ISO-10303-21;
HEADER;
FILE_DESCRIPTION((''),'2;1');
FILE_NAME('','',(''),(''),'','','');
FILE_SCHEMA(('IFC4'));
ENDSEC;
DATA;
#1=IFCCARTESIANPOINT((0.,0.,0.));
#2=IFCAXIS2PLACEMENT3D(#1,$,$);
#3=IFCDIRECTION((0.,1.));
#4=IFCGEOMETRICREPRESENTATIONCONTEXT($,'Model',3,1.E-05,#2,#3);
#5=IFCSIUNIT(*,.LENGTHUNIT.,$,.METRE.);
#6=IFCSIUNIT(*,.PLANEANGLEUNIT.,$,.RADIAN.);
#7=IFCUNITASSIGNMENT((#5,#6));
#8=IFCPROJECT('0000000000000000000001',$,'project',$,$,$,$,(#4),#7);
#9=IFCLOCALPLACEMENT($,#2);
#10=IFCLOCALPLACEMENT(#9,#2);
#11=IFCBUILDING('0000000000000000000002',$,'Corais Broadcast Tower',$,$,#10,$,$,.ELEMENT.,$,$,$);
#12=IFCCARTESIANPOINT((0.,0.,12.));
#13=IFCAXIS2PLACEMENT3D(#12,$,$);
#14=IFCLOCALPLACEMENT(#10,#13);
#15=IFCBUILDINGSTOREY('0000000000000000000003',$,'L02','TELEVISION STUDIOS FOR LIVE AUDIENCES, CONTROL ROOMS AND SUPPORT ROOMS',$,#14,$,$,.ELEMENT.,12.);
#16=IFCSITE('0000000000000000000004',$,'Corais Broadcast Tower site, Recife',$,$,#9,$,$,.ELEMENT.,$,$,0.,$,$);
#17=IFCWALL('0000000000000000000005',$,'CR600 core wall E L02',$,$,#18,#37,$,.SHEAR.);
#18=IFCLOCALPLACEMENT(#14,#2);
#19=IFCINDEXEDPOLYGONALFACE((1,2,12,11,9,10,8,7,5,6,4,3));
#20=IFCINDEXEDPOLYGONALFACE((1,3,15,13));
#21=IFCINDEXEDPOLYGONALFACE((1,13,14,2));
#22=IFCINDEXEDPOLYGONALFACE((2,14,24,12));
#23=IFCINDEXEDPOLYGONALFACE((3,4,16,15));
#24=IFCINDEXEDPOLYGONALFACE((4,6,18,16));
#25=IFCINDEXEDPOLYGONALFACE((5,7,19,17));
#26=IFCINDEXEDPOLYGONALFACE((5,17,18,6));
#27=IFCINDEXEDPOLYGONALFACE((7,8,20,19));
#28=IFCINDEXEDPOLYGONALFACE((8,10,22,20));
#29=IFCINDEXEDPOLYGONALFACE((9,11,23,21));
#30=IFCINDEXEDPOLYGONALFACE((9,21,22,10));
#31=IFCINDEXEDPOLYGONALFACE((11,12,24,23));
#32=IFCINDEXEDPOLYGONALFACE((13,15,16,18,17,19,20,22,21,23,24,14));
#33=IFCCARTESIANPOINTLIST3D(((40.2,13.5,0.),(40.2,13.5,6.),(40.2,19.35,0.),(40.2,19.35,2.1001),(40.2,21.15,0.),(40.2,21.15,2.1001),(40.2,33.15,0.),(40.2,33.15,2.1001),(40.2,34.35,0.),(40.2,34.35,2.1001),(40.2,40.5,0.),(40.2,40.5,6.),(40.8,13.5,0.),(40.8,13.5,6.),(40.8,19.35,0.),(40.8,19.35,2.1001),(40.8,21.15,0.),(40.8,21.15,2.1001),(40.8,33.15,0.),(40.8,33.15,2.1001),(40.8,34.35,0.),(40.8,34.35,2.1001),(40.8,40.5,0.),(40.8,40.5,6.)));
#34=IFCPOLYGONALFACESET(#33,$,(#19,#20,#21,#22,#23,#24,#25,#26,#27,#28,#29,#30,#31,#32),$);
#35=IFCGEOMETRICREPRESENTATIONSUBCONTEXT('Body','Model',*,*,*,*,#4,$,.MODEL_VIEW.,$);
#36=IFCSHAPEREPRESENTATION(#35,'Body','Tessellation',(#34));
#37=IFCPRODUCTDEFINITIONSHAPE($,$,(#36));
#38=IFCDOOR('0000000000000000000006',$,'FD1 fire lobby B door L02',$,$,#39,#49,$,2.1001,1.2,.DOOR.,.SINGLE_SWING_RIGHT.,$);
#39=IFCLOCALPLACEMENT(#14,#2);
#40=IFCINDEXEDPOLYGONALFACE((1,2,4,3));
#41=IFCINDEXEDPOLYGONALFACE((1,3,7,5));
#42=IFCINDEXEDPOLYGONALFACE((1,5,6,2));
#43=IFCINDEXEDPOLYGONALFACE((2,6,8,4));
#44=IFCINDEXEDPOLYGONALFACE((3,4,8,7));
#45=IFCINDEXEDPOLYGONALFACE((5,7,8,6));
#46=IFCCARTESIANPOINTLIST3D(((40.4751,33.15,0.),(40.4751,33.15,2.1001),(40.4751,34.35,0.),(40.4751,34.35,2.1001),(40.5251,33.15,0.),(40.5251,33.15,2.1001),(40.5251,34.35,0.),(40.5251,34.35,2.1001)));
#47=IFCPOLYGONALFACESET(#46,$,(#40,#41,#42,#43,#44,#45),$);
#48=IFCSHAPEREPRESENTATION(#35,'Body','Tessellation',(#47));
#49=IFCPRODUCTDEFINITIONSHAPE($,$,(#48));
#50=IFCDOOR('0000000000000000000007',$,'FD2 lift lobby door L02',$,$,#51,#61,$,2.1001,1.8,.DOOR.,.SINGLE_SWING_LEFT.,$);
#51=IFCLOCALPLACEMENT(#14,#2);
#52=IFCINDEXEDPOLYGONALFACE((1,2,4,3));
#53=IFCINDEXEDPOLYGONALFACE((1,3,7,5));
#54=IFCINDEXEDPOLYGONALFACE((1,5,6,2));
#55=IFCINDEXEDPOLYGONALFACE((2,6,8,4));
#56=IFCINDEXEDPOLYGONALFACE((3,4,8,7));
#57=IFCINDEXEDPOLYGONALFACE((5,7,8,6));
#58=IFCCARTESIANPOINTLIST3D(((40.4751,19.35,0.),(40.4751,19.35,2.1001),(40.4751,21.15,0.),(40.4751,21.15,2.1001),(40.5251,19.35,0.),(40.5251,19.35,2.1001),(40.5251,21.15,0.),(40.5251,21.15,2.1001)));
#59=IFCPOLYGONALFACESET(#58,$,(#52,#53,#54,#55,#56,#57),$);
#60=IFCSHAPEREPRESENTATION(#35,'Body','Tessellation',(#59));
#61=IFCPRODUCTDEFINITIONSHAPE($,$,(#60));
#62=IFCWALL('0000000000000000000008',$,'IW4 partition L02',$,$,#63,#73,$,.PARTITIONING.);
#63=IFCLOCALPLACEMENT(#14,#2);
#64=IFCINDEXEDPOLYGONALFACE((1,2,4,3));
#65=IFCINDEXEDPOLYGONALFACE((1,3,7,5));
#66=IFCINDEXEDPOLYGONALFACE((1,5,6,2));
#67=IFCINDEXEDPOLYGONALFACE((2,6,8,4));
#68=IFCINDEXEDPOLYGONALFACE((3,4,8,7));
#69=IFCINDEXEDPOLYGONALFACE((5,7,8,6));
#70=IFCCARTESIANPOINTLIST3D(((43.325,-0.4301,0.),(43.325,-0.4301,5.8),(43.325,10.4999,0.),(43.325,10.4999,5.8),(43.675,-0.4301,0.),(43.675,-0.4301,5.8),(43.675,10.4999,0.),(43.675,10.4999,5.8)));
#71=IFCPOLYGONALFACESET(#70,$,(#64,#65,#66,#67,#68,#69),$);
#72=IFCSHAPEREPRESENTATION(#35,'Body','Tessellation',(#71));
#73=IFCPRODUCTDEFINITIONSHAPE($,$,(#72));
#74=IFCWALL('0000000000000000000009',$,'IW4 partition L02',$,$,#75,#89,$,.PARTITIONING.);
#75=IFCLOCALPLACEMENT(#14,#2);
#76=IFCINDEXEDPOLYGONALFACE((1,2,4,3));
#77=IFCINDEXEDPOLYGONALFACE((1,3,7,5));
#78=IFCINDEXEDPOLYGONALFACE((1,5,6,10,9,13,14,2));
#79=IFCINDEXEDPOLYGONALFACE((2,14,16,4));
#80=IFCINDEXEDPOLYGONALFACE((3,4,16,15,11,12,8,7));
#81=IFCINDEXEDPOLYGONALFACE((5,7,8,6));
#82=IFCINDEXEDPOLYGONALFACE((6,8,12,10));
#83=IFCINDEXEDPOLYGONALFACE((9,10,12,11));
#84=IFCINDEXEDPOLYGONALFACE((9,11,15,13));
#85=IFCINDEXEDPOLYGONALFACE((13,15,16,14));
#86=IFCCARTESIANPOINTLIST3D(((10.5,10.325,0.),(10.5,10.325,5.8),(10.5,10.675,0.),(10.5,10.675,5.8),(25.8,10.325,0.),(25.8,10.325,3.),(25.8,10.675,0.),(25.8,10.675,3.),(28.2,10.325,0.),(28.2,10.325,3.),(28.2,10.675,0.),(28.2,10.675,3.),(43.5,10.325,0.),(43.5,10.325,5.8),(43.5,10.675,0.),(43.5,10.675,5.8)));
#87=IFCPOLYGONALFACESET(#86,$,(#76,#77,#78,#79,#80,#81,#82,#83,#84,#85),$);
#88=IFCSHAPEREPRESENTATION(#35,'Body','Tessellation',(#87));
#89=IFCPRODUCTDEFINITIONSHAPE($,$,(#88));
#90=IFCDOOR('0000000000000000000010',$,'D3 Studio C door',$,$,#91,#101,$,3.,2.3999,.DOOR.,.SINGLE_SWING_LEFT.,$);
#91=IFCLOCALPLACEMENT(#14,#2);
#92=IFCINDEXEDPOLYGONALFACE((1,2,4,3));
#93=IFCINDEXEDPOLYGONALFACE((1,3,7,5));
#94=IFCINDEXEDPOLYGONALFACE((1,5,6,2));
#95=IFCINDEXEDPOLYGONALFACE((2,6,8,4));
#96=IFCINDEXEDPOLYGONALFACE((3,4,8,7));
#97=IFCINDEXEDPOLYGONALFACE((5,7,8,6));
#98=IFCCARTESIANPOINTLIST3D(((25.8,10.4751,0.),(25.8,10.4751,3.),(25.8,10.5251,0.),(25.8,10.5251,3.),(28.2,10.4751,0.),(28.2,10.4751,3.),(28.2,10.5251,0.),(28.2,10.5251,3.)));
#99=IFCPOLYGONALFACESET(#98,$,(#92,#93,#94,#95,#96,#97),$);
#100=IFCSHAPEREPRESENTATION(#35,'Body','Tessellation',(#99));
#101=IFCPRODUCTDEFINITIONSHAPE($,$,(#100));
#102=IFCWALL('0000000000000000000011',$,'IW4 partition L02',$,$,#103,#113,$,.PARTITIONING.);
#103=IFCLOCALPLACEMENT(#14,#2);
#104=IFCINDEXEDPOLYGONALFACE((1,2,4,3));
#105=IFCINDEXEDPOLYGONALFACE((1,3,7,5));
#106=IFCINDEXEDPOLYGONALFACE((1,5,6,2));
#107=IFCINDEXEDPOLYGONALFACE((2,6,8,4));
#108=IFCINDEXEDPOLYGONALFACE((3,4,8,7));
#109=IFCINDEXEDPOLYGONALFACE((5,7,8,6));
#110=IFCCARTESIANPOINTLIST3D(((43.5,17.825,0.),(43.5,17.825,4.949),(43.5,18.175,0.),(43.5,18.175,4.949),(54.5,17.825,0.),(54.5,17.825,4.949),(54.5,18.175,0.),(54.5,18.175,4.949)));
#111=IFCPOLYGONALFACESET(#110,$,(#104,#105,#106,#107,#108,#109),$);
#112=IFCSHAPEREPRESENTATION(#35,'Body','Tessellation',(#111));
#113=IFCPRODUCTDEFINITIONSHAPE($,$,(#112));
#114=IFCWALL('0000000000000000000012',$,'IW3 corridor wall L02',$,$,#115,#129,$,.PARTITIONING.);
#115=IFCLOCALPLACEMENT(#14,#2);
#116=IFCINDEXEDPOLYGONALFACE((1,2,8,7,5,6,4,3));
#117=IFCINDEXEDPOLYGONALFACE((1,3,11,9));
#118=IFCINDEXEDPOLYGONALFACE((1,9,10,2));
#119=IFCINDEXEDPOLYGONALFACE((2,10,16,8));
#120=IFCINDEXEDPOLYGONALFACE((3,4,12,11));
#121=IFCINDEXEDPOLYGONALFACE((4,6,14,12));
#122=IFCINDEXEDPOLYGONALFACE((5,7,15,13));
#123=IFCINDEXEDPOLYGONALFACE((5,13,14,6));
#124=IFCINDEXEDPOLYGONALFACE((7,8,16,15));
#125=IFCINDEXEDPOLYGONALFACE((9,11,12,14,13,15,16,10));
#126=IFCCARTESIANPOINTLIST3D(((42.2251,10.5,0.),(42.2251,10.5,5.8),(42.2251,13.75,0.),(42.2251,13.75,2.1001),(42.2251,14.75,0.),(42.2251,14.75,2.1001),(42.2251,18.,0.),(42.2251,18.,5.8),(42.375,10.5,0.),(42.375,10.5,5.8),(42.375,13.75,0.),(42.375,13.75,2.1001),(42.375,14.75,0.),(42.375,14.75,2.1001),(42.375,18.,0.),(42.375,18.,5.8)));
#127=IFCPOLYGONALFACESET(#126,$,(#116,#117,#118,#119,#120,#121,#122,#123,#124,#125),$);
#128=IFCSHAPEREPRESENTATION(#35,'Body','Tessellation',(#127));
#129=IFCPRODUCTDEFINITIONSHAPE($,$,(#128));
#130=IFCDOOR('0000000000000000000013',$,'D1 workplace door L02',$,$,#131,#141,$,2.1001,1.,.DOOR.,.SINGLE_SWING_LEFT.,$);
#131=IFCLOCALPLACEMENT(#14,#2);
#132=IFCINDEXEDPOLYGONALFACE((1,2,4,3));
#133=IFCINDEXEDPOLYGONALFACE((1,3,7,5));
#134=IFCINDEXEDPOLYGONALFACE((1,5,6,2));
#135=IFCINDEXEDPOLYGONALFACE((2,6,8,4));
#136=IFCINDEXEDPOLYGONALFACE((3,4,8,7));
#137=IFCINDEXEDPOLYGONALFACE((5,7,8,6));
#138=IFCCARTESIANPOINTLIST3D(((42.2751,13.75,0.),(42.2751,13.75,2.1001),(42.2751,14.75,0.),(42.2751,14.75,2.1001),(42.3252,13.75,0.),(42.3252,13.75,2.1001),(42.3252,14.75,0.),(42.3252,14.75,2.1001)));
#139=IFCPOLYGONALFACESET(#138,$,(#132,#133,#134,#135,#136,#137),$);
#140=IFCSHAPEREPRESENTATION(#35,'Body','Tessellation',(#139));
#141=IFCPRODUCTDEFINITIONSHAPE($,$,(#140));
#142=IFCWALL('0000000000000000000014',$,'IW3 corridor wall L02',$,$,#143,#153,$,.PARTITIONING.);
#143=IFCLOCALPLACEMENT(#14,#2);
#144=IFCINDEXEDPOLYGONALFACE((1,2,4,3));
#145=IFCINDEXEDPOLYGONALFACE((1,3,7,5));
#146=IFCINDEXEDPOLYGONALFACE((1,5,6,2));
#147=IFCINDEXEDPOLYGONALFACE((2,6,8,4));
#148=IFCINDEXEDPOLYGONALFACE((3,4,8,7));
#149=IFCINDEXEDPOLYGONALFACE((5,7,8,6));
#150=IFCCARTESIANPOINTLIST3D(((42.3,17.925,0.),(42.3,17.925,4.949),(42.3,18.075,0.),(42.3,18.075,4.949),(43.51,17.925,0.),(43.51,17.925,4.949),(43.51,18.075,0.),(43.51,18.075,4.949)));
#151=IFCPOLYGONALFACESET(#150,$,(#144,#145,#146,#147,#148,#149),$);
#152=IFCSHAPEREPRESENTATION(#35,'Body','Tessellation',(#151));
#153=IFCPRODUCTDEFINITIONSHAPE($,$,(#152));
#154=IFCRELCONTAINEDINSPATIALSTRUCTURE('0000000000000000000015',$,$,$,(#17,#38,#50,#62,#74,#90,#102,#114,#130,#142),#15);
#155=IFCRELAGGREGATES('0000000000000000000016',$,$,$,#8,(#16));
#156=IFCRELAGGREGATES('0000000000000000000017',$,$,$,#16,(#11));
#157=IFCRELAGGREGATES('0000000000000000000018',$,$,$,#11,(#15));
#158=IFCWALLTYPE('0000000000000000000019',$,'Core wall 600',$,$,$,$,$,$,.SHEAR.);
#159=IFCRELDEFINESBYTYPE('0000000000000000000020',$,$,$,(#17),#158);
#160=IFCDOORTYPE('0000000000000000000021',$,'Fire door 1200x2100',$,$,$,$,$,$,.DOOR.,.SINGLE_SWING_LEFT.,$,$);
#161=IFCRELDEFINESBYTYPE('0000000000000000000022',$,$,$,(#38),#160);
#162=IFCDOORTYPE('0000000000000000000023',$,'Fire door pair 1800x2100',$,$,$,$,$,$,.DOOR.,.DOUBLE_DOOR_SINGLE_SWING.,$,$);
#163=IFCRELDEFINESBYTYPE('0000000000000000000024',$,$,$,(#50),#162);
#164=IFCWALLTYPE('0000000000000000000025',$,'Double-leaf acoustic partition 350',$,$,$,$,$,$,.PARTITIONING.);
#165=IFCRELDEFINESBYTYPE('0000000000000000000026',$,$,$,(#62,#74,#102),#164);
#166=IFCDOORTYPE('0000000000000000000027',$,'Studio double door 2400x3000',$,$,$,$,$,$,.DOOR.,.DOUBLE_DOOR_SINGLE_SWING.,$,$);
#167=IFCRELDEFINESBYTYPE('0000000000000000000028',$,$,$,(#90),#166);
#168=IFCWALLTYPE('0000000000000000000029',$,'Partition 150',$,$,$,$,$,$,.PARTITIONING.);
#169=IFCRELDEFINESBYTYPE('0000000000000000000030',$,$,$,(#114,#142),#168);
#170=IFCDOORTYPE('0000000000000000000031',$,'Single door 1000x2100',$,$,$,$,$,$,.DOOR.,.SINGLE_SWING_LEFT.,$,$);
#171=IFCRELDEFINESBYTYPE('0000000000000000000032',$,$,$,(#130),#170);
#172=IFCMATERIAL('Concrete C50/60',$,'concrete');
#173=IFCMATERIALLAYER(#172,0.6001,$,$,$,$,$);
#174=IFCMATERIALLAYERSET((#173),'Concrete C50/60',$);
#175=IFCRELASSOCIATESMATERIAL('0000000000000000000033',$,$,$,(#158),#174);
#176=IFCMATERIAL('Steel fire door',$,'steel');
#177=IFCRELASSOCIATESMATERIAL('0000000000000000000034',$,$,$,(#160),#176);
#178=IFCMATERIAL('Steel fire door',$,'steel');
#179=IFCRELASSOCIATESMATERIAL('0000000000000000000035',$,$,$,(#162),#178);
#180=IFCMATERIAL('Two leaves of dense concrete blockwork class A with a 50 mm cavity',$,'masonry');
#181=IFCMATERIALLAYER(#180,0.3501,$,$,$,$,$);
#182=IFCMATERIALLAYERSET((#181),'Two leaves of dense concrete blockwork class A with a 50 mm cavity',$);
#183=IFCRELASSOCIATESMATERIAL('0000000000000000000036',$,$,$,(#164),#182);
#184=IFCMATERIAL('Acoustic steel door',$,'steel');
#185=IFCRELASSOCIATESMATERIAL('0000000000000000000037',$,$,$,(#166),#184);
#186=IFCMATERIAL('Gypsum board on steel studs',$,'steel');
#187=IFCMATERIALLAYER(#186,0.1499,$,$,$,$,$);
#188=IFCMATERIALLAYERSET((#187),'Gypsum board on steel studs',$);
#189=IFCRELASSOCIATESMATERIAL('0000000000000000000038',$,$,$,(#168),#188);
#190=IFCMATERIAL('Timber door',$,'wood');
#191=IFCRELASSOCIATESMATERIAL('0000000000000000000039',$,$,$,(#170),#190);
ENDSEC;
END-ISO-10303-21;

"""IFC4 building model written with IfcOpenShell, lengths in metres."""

from ifc_helpers import new_model, si_unit, direction, frame, frame_2d, origin, place, context, subcontext, project, spatial, rectangle, extrude, material, layer, layer_set, type_object, element, fill, save


model = new_model("IFC4")

# Units and contexts
model_context = context("Model", 3, precision=1e-05, world=origin(), true_north=direction((0.0, 1.0)))
body_context = subcontext(model_context, "Body", "Model", "MODEL_VIEW")
ifc_project = project(units=[si_unit("LENGTHUNIT", "METRE"), si_unit("PLANEANGLEUNIT", "RADIAN")], contexts=[model_context])

# Site, building, storey
site_placement = place(None, origin())
site = spatial("IfcSite", under=ifc_project, at=site_placement, Name="Corais Broadcast Tower site, Recife", CompositionType="ELEMENT", RefElevation=0.0)
building_placement = place(site_placement, origin())
building = spatial("IfcBuilding", under=site, at=building_placement, Name="Corais Broadcast Tower", CompositionType="ELEMENT")
storey_placement = place(building_placement, frame((0.0, 0.0, 12.0)))
storey = spatial("IfcBuildingStorey", under=building, at=storey_placement, Name="L02", Description="TELEVISION STUDIOS FOR LIVE AUDIENCES, CONTROL ROOMS AND SUPPORT ROOMS", CompositionType="ELEMENT", Elevation=12.0)

# Wall, openings, doors
ifc_material_1 = material(Name="Concrete C50/60", Category="concrete")
ifc_layer_1 = layer(ifc_material_1, 0.6001)
ifc_layer_set_1 = layer_set([ifc_layer_1], Name="Concrete C50/60")
wall_type_1 = type_object("IfcWallType", Name="Core wall 600", PredefinedType="SHEAR", material=ifc_layer_set_1)
wall_1_placement = place(storey_placement, frame((40.5, 13.5, 0.0), z_axis=(0.0, 0.0, 1.0), x_axis=(0.0, 1.0, 0.0)))
wall_1 = element("IfcWall", 1, at=wall_1_placement, inside=storey, type_object=wall_type_1, Name="CR600 core wall E L02", PredefinedType="SHEAR", context=body_context, shape_type="SweptSolid", body=[
    extrude(rectangle(XDim=27.0, YDim=0.6001, at=frame_2d((13.5, 0.0))), origin(), (0.0, 0.0, 1.0), 6.0),
])
opening_1_placement = place(wall_1_placement, frame((5.8501, 0.0, 0.0)))
opening_1 = element("IfcOpeningElement", 2, at=opening_1_placement, cuts=wall_1, PredefinedType="OPENING", context=body_context, shape_type="SweptSolid", body=[
    extrude(rectangle(XDim=1.8, YDim=2.1001, at=frame_2d((0.8999, 1.05))), frame((0.0, 0.3101, 0.0), z_axis=(0.0, -1.0, 0.0), x_axis=(1.0, 0.0, 0.0)), (0.0, 0.0, 1.0), 0.6201),
])
opening_2_placement = place(wall_1_placement, frame((19.6499, 0.0, 0.0)))
opening_2 = element("IfcOpeningElement", 3, at=opening_2_placement, cuts=wall_1, PredefinedType="OPENING", context=body_context, shape_type="SweptSolid", body=[
    extrude(rectangle(XDim=1.2, YDim=2.1001, at=frame_2d((0.6001, 1.05))), frame((0.0, 0.3101, 0.0), z_axis=(0.0, -1.0, 0.0), x_axis=(1.0, 0.0, 0.0)), (0.0, 0.0, 1.0), 0.6201),
])
ifc_material_2 = material(Name="Steel fire door", Category="steel")
door_type_1 = type_object("IfcDoorType", Name="Fire door 1200x2100", OperationType="SINGLE_SWING_LEFT", PredefinedType="DOOR", material=ifc_material_2)
door_1_placement = place(opening_2_placement, origin())
door_1 = element("IfcDoor", 4, at=door_1_placement, inside=storey, type_object=door_type_1, Name="FD1 fire lobby B door L02", OperationType="SINGLE_SWING_RIGHT", OverallHeight=2.1001, OverallWidth=1.2, PredefinedType="DOOR", context=body_context, shape_type="SweptSolid", body=[
    extrude(rectangle(XDim=1.2, YDim=2.1001, at=frame_2d((0.6001, 1.05))), frame((0.0, 0.0249, 0.0), z_axis=(0.0, -1.0, 0.0), x_axis=(1.0, 0.0, 0.0)), (0.0, 0.0, 1.0), 0.05),
])
fill(opening_2, door_1)
ifc_material_3 = material(Name="Steel fire door", Category="steel")
door_type_2 = type_object("IfcDoorType", Name="Fire door pair 1800x2100", OperationType="DOUBLE_DOOR_SINGLE_SWING", PredefinedType="DOOR", material=ifc_material_3)
door_2_placement = place(opening_1_placement, origin())
door_2 = element("IfcDoor", 5, at=door_2_placement, inside=storey, type_object=door_type_2, Name="FD2 lift lobby door L02", OperationType="SINGLE_SWING_LEFT", OverallHeight=2.1001, OverallWidth=1.8, PredefinedType="DOOR", context=body_context, shape_type="SweptSolid", body=[
    extrude(rectangle(XDim=1.8, YDim=2.1001, at=frame_2d((0.8999, 1.05))), frame((0.0, 0.0249, 0.0), z_axis=(0.0, -1.0, 0.0), x_axis=(1.0, 0.0, 0.0)), (0.0, 0.0, 1.0), 0.05),
])
fill(opening_1, door_2)

# Wall
ifc_material_4 = material(Name="Two leaves of dense concrete blockwork class A with a 50 mm cavity", Category="masonry")
ifc_layer_2 = layer(ifc_material_4, 0.3501)
ifc_layer_set_2 = layer_set([ifc_layer_2], Name="Two leaves of dense concrete blockwork class A with a 50 mm cavity")
wall_type_2 = type_object("IfcWallType", Name="Double-leaf acoustic partition 350", PredefinedType="PARTITIONING", material=ifc_layer_set_2)
wall_2_placement = place(storey_placement, frame((43.5, -0.4299, 0.0), z_axis=(0.0, 0.0, 1.0), x_axis=(0.0, 1.0, 0.0)))
element("IfcWall", 6, at=wall_2_placement, inside=storey, type_object=wall_type_2, Name="IW4 partition L02", PredefinedType="PARTITIONING", context=body_context, shape_type="SweptSolid", body=[
    extrude(rectangle(XDim=10.9299, YDim=0.3501, at=frame_2d((5.4648, 0.0))), origin(), (0.0, 0.0, 1.0), 5.8),
])

# Wall, opening, door
wall_3_placement = place(storey_placement, frame((43.5, 10.5, 0.0), z_axis=(0.0, 0.0, 1.0), x_axis=(-1.0, 0.0, 0.0)))
wall_3 = element("IfcWall", 7, at=wall_3_placement, inside=storey, type_object=wall_type_2, Name="IW4 partition L02", PredefinedType="PARTITIONING", context=body_context, shape_type="SweptSolid", body=[
    extrude(rectangle(XDim=33.0, YDim=0.3501, at=frame_2d((16.5, 0.0))), origin(), (0.0, 0.0, 1.0), 5.8),
])
opening_3_placement = place(wall_3_placement, frame((15.3, 0.0, 0.0)))
opening_3 = element("IfcOpeningElement", 8, at=opening_3_placement, cuts=wall_3, PredefinedType="OPENING", context=body_context, shape_type="SweptSolid", body=[
    extrude(rectangle(XDim=2.3999, YDim=3.0, at=frame_2d((1.2, 1.5))), frame((0.0, 0.1851, 0.0), z_axis=(0.0, -1.0, 0.0), x_axis=(1.0, 0.0, 0.0)), (0.0, 0.0, 1.0), 0.3701),
])
ifc_material_5 = material(Name="Acoustic steel door", Category="steel")
door_type_3 = type_object("IfcDoorType", Name="Studio double door 2400x3000", OperationType="DOUBLE_DOOR_SINGLE_SWING", PredefinedType="DOOR", material=ifc_material_5)
door_3_placement = place(opening_3_placement, origin())
door_3 = element("IfcDoor", 9, at=door_3_placement, inside=storey, type_object=door_type_3, Name="D3 Studio C door", OperationType="SINGLE_SWING_LEFT", OverallHeight=3.0, OverallWidth=2.3999, PredefinedType="DOOR", context=body_context, shape_type="SweptSolid", body=[
    extrude(rectangle(XDim=2.3999, YDim=3.0, at=frame_2d((1.2, 1.5))), frame((0.0, 0.0249, 0.0), z_axis=(0.0, -1.0, 0.0), x_axis=(1.0, 0.0, 0.0)), (0.0, 0.0, 1.0), 0.05),
])
fill(opening_3, door_3)

# Wall
wall_4_placement = place(storey_placement, frame((43.5, 18.0, 0.0), z_axis=(0.0, 0.0, 1.0), x_axis=(1.0, 0.0, 0.0)))
element("IfcWall", 10, at=wall_4_placement, inside=storey, type_object=wall_type_2, Name="IW4 partition L02", PredefinedType="PARTITIONING", context=body_context, shape_type="SweptSolid", body=[
    extrude(rectangle(XDim=11.0, YDim=0.3501, at=frame_2d((5.5, 0.0))), origin(), (0.0, 0.0, 1.0), 4.949),
])

# Wall, opening, door
ifc_material_6 = material(Name="Gypsum board on steel studs", Category="steel")
ifc_layer_3 = layer(ifc_material_6, 0.1499)
ifc_layer_set_3 = layer_set([ifc_layer_3], Name="Gypsum board on steel studs")
wall_type_3 = type_object("IfcWallType", Name="Partition 150", PredefinedType="PARTITIONING", material=ifc_layer_set_3)
wall_5_placement = place(storey_placement, frame((42.3, 10.5, 0.0), z_axis=(0.0, 0.0, 1.0), x_axis=(0.0, 1.0, 0.0)))
wall_5 = element("IfcWall", 11, at=wall_5_placement, inside=storey, type_object=wall_type_3, Name="IW3 corridor wall L02", PredefinedType="PARTITIONING", context=body_context, shape_type="SweptSolid", body=[
    extrude(rectangle(XDim=7.5, YDim=0.1499, at=frame_2d((3.75, 0.0))), origin(), (0.0, 0.0, 1.0), 5.8),
])
opening_4_placement = place(wall_5_placement, frame((3.25, 0.0, 0.0)))
opening_4 = element("IfcOpeningElement", 12, at=opening_4_placement, cuts=wall_5, PredefinedType="OPENING", context=body_context, shape_type="SweptSolid", body=[
    extrude(rectangle(XDim=1.0, YDim=2.1001, at=frame_2d((0.5, 1.05))), frame((0.0, 0.085, 0.0), z_axis=(0.0, -1.0, 0.0), x_axis=(1.0, 0.0, 0.0)), (0.0, 0.0, 1.0), 0.1699),
])
ifc_material_7 = material(Name="Timber door", Category="wood")
door_type_4 = type_object("IfcDoorType", Name="Single door 1000x2100", OperationType="SINGLE_SWING_LEFT", PredefinedType="DOOR", material=ifc_material_7)
door_4_placement = place(opening_4_placement, origin())
door_4 = element("IfcDoor", 13, at=door_4_placement, inside=storey, type_object=door_type_4, Name="D1 workplace door L02", OperationType="SINGLE_SWING_LEFT", OverallHeight=2.1001, OverallWidth=1.0, PredefinedType="DOOR", context=body_context, shape_type="SweptSolid", body=[
    extrude(rectangle(XDim=1.0, YDim=2.1001, at=frame_2d((0.5, 1.05))), frame((0.0, 0.0249, 0.0), z_axis=(0.0, -1.0, 0.0), x_axis=(1.0, 0.0, 0.0)), (0.0, 0.0, 1.0), 0.05),
])
fill(opening_4, door_4)

# Wall
wall_6_placement = place(storey_placement, frame((42.3, 18.0, 0.0), z_axis=(0.0, 0.0, 1.0), x_axis=(1.0, 0.0, 0.0)))
element("IfcWall", 14, at=wall_6_placement, inside=storey, type_object=wall_type_3, Name="IW3 corridor wall L02", PredefinedType="PARTITIONING", context=body_context, shape_type="SweptSolid", body=[
    extrude(rectangle(XDim=1.21, YDim=0.1499, at=frame_2d((0.605, 0.0))), origin(), (0.0, 0.0, 1.0), 4.949),
])

save(model, "model.ifc")
